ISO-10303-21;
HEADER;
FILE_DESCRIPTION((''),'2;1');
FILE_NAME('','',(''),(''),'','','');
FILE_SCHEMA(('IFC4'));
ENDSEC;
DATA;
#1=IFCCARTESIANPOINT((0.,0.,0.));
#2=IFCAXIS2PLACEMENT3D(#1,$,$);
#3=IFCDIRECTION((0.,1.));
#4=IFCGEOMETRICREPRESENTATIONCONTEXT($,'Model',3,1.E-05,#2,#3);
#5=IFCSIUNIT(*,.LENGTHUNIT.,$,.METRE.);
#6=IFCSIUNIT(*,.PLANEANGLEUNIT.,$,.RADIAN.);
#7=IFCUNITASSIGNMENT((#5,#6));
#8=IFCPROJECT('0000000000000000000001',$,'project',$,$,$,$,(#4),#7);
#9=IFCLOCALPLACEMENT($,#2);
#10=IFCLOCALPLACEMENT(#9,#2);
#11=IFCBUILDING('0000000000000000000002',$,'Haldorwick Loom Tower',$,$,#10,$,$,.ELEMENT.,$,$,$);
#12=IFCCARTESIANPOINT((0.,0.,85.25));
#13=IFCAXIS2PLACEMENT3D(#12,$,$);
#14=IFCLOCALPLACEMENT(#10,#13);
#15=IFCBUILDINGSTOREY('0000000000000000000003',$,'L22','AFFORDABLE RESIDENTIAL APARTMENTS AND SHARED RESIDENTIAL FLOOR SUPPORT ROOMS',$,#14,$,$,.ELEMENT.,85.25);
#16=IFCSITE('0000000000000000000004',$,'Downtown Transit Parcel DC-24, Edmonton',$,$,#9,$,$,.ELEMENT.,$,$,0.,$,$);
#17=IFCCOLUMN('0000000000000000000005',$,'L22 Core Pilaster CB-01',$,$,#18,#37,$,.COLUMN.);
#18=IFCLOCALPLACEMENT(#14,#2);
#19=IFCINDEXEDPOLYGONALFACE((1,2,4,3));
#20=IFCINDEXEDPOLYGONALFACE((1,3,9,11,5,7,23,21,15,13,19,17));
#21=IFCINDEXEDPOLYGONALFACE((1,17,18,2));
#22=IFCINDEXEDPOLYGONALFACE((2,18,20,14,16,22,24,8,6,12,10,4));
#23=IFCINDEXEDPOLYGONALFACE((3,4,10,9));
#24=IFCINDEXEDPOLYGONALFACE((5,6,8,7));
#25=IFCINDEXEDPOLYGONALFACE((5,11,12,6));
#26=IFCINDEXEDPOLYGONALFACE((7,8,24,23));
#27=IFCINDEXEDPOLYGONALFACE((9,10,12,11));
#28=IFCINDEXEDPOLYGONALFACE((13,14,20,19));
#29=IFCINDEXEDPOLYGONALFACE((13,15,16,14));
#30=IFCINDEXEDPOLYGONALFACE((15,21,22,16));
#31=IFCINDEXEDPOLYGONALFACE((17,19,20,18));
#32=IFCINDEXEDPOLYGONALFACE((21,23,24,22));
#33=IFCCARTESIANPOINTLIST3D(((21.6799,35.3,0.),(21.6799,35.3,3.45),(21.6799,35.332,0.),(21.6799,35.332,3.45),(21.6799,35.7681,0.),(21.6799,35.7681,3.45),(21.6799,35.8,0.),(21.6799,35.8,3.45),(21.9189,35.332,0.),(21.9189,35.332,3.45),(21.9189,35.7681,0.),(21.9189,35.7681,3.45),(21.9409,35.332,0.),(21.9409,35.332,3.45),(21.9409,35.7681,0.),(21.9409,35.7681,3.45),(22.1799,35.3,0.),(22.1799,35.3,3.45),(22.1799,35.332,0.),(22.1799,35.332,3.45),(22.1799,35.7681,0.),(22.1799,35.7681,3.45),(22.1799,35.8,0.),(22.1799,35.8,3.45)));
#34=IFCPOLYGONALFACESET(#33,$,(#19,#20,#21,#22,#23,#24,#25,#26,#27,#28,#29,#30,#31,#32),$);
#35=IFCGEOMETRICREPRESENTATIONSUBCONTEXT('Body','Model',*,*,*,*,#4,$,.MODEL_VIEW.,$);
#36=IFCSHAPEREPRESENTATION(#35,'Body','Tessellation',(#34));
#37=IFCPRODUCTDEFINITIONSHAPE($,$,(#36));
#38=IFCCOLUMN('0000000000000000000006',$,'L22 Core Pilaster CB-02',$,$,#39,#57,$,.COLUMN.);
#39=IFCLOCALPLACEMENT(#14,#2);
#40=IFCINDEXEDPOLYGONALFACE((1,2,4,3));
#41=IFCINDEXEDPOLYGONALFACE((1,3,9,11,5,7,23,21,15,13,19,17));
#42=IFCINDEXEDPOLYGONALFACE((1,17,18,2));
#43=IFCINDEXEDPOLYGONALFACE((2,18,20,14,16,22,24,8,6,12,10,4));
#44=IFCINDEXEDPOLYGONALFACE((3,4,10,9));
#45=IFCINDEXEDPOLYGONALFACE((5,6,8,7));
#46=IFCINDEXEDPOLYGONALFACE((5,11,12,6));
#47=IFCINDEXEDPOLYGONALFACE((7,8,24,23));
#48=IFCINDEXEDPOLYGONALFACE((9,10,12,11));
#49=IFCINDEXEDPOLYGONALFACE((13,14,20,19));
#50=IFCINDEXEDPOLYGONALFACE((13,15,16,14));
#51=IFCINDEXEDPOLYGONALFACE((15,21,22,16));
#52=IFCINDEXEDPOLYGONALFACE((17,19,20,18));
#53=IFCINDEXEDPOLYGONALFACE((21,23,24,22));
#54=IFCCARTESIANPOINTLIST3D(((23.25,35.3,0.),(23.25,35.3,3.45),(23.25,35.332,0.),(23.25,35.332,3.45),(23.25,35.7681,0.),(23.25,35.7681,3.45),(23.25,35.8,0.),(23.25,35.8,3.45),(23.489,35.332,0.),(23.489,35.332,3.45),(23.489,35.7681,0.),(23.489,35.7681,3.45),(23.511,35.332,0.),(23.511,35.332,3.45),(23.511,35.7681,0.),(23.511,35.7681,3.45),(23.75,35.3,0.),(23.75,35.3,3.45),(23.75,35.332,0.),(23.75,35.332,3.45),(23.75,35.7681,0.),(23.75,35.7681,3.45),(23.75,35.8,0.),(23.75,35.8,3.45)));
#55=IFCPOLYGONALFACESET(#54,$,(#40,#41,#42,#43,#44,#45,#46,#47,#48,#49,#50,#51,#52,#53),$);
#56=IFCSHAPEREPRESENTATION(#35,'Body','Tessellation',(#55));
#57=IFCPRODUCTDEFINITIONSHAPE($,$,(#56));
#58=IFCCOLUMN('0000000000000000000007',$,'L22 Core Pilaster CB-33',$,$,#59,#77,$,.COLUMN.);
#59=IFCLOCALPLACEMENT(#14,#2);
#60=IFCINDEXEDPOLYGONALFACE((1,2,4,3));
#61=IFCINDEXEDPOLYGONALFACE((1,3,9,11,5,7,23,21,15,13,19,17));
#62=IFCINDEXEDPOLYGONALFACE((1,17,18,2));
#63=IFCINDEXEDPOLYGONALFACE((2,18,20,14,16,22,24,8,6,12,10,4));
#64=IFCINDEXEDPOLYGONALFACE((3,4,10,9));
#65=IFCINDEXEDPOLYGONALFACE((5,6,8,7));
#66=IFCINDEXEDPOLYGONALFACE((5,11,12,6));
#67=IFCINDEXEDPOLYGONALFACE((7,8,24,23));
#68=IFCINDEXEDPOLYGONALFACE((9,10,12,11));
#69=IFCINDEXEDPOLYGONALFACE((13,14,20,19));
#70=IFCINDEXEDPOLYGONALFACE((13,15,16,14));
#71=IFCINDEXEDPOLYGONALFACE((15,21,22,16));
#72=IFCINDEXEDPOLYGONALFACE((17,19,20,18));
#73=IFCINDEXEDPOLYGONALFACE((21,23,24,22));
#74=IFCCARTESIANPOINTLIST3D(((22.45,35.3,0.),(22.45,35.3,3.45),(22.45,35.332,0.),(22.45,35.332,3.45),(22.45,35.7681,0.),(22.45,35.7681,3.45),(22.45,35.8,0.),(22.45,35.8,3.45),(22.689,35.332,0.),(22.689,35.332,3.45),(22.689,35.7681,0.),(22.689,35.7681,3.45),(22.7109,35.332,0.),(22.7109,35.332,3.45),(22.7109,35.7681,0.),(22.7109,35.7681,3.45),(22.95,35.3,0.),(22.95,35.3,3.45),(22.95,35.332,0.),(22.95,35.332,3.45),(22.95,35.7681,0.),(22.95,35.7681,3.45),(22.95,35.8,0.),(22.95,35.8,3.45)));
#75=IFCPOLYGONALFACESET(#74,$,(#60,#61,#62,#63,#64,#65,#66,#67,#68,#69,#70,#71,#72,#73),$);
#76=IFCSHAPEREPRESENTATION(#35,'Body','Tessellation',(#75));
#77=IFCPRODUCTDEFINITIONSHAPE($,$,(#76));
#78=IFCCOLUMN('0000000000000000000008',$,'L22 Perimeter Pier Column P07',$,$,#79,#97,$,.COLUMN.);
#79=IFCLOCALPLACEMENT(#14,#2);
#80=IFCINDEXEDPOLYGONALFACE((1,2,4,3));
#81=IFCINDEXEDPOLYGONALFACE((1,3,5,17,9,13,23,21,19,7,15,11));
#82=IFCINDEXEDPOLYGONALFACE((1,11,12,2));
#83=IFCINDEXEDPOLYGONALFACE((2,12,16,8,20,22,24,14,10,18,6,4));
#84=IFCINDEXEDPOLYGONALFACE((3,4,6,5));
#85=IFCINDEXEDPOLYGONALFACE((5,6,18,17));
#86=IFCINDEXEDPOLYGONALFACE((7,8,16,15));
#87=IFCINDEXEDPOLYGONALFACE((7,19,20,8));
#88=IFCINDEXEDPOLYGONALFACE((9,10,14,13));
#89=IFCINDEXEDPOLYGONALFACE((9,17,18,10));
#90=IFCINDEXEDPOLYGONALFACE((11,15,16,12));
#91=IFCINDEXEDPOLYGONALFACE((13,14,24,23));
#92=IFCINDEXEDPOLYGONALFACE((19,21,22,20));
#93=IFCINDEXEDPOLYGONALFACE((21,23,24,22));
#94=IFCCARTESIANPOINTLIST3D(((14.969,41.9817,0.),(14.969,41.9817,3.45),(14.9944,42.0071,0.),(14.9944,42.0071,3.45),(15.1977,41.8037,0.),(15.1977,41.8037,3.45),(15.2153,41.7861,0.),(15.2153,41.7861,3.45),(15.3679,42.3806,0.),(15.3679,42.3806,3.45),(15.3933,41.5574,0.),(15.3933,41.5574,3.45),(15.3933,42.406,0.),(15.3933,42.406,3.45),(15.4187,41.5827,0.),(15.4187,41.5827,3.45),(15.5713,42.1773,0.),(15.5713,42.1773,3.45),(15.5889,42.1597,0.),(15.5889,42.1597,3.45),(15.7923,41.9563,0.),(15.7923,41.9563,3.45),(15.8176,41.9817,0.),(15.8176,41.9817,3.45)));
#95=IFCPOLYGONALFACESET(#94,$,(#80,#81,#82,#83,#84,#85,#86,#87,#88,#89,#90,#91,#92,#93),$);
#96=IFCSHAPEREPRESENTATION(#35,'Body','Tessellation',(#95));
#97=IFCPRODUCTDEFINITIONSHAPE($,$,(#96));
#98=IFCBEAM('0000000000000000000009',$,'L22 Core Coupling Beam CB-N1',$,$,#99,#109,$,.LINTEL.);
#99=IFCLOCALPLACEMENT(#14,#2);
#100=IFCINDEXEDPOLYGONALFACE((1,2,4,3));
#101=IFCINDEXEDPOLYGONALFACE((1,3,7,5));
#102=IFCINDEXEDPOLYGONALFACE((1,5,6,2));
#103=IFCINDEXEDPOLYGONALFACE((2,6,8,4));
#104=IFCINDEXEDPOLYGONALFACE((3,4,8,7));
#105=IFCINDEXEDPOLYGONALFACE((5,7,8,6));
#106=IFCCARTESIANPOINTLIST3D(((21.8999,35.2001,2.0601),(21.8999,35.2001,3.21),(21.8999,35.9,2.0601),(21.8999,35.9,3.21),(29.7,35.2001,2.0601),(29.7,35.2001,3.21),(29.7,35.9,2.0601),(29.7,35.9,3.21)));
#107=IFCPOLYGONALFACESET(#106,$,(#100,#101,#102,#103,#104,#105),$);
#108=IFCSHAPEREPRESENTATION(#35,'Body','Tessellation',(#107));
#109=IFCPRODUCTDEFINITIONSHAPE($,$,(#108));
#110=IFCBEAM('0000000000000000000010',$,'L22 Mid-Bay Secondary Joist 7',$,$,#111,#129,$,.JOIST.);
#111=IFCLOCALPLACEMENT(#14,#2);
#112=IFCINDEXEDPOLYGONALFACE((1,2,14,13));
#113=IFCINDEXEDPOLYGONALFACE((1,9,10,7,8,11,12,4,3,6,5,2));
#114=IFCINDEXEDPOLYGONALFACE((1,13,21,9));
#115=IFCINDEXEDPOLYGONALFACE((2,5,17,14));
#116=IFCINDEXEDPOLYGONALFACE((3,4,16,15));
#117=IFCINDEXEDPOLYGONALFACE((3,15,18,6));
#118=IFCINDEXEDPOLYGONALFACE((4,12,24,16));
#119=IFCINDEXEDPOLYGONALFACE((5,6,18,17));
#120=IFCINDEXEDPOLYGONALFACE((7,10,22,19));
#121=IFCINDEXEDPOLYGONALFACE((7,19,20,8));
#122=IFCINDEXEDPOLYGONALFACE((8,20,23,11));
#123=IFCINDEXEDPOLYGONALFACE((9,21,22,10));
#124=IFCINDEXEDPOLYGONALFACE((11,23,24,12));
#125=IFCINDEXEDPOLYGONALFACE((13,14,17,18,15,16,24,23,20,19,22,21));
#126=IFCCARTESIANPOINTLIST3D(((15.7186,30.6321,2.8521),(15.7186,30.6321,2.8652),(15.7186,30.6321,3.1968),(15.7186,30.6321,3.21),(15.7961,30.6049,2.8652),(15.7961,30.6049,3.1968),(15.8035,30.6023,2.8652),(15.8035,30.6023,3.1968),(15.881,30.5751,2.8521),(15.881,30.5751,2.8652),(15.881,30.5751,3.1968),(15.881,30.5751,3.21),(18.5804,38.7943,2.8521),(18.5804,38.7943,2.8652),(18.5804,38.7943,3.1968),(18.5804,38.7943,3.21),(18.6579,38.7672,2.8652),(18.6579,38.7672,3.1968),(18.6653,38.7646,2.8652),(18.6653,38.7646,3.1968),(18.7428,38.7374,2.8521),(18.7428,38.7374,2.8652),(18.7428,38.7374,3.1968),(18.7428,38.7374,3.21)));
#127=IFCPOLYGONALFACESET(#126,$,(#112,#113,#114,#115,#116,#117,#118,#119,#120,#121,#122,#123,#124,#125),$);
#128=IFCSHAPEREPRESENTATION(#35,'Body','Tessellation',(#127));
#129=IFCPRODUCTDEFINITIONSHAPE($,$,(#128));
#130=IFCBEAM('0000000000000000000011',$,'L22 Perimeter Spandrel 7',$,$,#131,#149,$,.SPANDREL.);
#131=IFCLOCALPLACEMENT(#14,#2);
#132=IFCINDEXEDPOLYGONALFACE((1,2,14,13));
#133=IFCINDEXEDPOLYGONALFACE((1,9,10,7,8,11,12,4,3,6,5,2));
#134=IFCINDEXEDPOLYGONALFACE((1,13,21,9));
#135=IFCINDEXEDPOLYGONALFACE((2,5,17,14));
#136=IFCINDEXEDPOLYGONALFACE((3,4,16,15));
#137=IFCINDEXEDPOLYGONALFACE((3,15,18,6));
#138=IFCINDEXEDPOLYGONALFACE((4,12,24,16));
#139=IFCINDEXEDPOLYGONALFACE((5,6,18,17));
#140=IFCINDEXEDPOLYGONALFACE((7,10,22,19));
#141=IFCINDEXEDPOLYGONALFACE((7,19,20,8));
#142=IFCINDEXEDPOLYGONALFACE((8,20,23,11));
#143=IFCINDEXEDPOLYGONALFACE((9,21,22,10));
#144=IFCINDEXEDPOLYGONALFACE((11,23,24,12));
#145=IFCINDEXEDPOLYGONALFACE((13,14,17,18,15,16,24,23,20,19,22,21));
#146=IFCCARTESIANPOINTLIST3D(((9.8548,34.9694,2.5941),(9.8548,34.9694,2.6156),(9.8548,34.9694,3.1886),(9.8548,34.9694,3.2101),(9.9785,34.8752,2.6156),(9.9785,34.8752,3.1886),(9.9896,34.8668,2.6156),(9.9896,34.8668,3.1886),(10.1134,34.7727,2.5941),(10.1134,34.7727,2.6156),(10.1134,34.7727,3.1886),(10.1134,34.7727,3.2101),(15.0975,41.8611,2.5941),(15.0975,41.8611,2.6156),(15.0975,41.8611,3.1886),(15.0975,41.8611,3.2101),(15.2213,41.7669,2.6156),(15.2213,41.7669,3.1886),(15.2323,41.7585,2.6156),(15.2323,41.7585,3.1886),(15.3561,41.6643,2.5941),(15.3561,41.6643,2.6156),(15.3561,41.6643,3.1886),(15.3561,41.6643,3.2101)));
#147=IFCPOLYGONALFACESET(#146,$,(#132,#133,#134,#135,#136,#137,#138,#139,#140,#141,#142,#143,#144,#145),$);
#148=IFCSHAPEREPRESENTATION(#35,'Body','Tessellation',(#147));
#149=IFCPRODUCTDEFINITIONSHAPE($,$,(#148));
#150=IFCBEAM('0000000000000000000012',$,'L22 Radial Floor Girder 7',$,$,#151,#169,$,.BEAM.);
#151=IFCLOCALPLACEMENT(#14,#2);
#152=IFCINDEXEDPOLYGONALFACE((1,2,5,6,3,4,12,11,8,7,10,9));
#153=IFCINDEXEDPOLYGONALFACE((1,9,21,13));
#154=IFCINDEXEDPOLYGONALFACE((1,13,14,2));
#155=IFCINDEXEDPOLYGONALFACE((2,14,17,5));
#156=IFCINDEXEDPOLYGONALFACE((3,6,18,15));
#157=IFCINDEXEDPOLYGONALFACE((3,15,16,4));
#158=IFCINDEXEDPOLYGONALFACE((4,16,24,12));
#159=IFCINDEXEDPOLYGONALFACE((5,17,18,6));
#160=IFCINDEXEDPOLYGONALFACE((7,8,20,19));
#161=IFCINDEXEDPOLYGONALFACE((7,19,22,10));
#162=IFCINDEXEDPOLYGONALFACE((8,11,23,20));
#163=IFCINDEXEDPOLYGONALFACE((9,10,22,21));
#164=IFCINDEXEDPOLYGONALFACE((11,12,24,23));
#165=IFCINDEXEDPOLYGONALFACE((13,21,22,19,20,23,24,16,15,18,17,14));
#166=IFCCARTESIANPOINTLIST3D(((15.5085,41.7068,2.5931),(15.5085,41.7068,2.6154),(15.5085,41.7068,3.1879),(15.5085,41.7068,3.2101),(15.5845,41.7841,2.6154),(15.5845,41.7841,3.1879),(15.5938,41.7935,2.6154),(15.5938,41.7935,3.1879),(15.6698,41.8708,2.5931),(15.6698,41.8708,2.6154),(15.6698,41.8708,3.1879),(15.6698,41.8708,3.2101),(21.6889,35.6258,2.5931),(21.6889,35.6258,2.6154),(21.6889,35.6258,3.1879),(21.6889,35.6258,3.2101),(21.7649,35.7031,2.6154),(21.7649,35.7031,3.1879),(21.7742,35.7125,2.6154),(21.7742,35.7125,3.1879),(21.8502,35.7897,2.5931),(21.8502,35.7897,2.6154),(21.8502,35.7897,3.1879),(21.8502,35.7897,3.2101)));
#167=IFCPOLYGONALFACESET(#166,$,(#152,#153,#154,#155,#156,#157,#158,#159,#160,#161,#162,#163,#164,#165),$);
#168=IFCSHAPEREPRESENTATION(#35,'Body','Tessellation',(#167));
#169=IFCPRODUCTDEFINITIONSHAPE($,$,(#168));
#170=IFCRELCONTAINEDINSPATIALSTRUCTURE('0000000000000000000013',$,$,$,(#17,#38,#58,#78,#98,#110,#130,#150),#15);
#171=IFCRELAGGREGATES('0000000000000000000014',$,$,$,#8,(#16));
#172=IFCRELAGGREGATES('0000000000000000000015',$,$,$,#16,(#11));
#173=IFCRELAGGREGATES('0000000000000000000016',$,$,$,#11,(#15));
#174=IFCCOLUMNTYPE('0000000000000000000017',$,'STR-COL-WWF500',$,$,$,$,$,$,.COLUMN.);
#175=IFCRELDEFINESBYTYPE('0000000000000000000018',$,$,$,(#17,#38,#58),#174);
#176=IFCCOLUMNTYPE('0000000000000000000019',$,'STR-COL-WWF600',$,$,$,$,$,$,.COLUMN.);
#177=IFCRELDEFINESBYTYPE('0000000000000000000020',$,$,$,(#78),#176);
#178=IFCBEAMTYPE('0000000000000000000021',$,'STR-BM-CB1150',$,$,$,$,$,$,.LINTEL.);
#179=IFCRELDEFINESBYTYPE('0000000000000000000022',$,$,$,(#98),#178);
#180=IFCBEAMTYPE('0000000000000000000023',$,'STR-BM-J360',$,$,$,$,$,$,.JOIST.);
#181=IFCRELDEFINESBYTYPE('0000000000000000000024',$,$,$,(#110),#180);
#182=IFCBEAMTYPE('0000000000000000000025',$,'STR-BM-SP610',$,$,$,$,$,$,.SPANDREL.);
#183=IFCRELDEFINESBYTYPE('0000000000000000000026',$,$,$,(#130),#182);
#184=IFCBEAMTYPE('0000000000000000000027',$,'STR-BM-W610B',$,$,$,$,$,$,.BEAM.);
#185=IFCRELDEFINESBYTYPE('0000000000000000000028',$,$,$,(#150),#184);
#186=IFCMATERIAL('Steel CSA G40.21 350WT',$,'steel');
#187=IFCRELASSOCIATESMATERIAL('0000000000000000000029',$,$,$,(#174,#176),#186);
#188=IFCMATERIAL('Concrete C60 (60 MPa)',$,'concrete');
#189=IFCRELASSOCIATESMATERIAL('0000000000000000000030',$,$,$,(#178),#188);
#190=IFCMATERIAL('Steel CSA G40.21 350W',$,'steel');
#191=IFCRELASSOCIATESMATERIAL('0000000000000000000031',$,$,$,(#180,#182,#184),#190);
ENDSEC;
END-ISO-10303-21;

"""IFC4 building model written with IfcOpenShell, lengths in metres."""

from ifc_helpers import new_model, si_unit, direction, frame, origin, origin_2d, place, context, subcontext, project, spatial, rectangle, i_section, extrude, material, material_profile, profile_set, type_object, element, save


model = new_model("IFC4")

# Units and contexts
model_context = context("Model", 3, precision=1e-05, world=origin(), true_north=direction((0.0, 1.0)))
body_context = subcontext(model_context, "Body", "Model", "MODEL_VIEW")
ifc_project = project(units=[si_unit("LENGTHUNIT", "METRE"), si_unit("PLANEANGLEUNIT", "RADIAN")], contexts=[model_context])

# Site, building, storey
site_placement = place(None, origin())
site = spatial("IfcSite", under=ifc_project, at=site_placement, Name="Downtown Transit Parcel DC-24, Edmonton", CompositionType="ELEMENT", RefElevation=0.0)
building_placement = place(site_placement, origin())
building = spatial("IfcBuilding", under=site, at=building_placement, Name="Haldorwick Loom Tower", CompositionType="ELEMENT")
storey_placement = place(building_placement, frame((0.0, 0.0, 85.25)))
storey = spatial("IfcBuildingStorey", under=building, at=storey_placement, Name="L22", Description="AFFORDABLE RESIDENTIAL APARTMENTS AND SHARED RESIDENTIAL FLOOR SUPPORT ROOMS", CompositionType="ELEMENT", Elevation=85.25)

# Columns
ifc_material_1 = material(Name="Steel CSA G40.21 350WT", Category="steel")
ifc_material_profile_1 = material_profile(ifc_material_1, i_section(OverallWidth=0.5, OverallDepth=0.5, WebThickness=0.022, FlangeThickness=0.032, at=origin_2d()), Name="WWF500X500", Category="steel")
ifc_profile_set_1 = profile_set([ifc_material_profile_1], Name="Steel CSA G40.21 350WT")
column_type_1 = type_object("IfcColumnType", Name="STR-COL-WWF500", PredefinedType="COLUMN", material=ifc_profile_set_1)
for number, where, z_axis, x_axis, name in (
    (1, (21.9299, 35.55, 0.0), (0.0, 0.0, 1.0), (1.0, 0.0, 0.0), "L22 Core Pilaster CB-01"),
    (2, (23.5, 35.55, 0.0), (0.0, 0.0, 1.0), (1.0, 0.0, 0.0), "L22 Core Pilaster CB-02"),
    (3, (22.7, 35.55, 0.0), (0.0, 0.0, 1.0), (1.0, 0.0, 0.0), "L22 Core Pilaster CB-33"),
):
    element("IfcColumn", number, at=place(storey_placement, frame(where, z_axis=z_axis, x_axis=x_axis)), inside=storey, type_object=column_type_1, Name=name, PredefinedType="COLUMN", context=body_context, shape_type="SweptSolid", body=[
        extrude(i_section(OverallWidth=0.5, OverallDepth=0.5, WebThickness=0.022, FlangeThickness=0.032, at=origin_2d()), origin(), (0.0, 0.0, 1.0), 3.45),
    ])
ifc_material_profile_2 = material_profile(ifc_material_1, i_section(OverallWidth=0.6001, OverallDepth=0.6001, WebThickness=0.0249, FlangeThickness=0.0359, at=origin_2d()), Name="WWF600X600", Category="steel")
ifc_profile_set_2 = profile_set([ifc_material_profile_2], Name="Steel CSA G40.21 350WT")
column_type_2 = type_object("IfcColumnType", Name="STR-COL-WWF600", PredefinedType="COLUMN", material=ifc_profile_set_2)
column_placement = place(storey_placement, frame((15.3933, 41.9817, 0.0), z_axis=(0.0, 0.0, 1.0), x_axis=(-0.707107, 0.707107, 0.0)))
element("IfcColumn", 4, at=column_placement, inside=storey, type_object=column_type_2, Name="L22 Perimeter Pier Column P07", PredefinedType="COLUMN", context=body_context, shape_type="SweptSolid", body=[
    extrude(i_section(OverallWidth=0.6001, OverallDepth=0.6001, WebThickness=0.0249, FlangeThickness=0.0359, at=origin_2d()), origin(), (0.0, 0.0, 1.0), 3.45),
])

# Beams
ifc_material_2 = material(Name="Concrete C60 (60 MPa)", Category="concrete")
ifc_material_profile_3 = material_profile(ifc_material_2, rectangle(XDim=0.7, YDim=1.1499, at=origin_2d()), Name="RC700X1150", Category="concrete")
ifc_profile_set_3 = profile_set([ifc_material_profile_3], Name="Concrete C60 (60 MPa)")
beam_type_1 = type_object("IfcBeamType", Name="STR-BM-CB1150", PredefinedType="LINTEL", material=ifc_profile_set_3)
beam_1_placement = place(storey_placement, frame((21.8999, 35.55, 2.635), z_axis=(1.0, 0.0, 0.0), x_axis=(0.0, 1.0, 0.0)))
element("IfcBeam", 5, at=beam_1_placement, inside=storey, type_object=beam_type_1, Name="L22 Core Coupling Beam CB-N1", PredefinedType="LINTEL", context=body_context, shape_type="SweptSolid", body=[
    extrude(rectangle(XDim=0.7, YDim=1.1499, at=origin_2d()), origin(), (0.0, 0.0, 1.0), 7.8),
])
ifc_material_3 = material(Name="Steel CSA G40.21 350W", Category="steel")
ifc_material_profile_4 = material_profile(ifc_material_3, i_section(OverallWidth=0.1721, OverallDepth=0.3579, WebThickness=0.0078, FlangeThickness=0.0132, at=origin_2d()), Name="W360X57", Category="steel")
ifc_profile_set_4 = profile_set([ifc_material_profile_4], Name="Steel CSA G40.21 350W")
beam_type_2 = type_object("IfcBeamType", Name="STR-BM-J360", PredefinedType="JOIST", material=ifc_profile_set_4)
beam_2_placement = place(storey_placement, frame((18.6616, 38.7659, 3.031), z_axis=(-0.330865, -0.943678, 0.0), x_axis=(0.943678, -0.330865, 0.0)))
element("IfcBeam", 6, at=beam_2_placement, inside=storey, type_object=beam_type_2, Name="L22 Mid-Bay Secondary Joist 7", PredefinedType="JOIST", context=body_context, shape_type="SweptSolid", body=[
    extrude(i_section(OverallWidth=0.1721, OverallDepth=0.3579, WebThickness=0.0078, FlangeThickness=0.0132, at=origin_2d()), origin(), (0.0, 0.0, 1.0), 8.6494),
])
ifc_material_profile_5 = material_profile(ifc_material_3, i_section(OverallWidth=0.325, OverallDepth=0.616, WebThickness=0.0139, FlangeThickness=0.0215, at=origin_2d()), Name="W610X174", Category="steel")
ifc_profile_set_5 = profile_set([ifc_material_profile_5], Name="Steel CSA G40.21 350W")
beam_type_3 = type_object("IfcBeamType", Name="STR-BM-SP610", PredefinedType="SPANDREL", material=ifc_profile_set_5)
beam_3_placement = place(storey_placement, frame((15.2268, 41.7627, 2.9021), z_axis=(-0.605454, -0.795881, 0.0), x_axis=(0.795881, -0.605454, 0.0)))
element("IfcBeam", 7, at=beam_3_placement, inside=storey, type_object=beam_type_3, Name="L22 Perimeter Spandrel 7", PredefinedType="SPANDREL", context=body_context, shape_type="SweptSolid", body=[
    extrude(i_section(OverallWidth=0.325, OverallDepth=0.616, WebThickness=0.0139, FlangeThickness=0.0215, at=origin_2d()), origin(), (0.0, 0.0, 1.0), 8.6592),
])
ifc_material_profile_6 = material_profile(ifc_material_3, i_section(OverallWidth=0.23, OverallDepth=0.6169, WebThickness=0.0132, FlangeThickness=0.0222, at=origin_2d()), Name="W610X140", Category="steel")
ifc_profile_set_6 = profile_set([ifc_material_profile_6], Name="Steel CSA G40.21 350W")
beam_type_4 = type_object("IfcBeamType", Name="STR-BM-W610B", PredefinedType="BEAM", material=ifc_profile_set_6)
beam_4_placement = place(storey_placement, frame((21.7695, 35.7078, 2.9016), z_axis=(-0.712814, 0.701353, 0.0), x_axis=(-0.701353, -0.712814, 0.0)))
element("IfcBeam", 8, at=beam_4_placement, inside=storey, type_object=beam_type_4, Name="L22 Radial Floor Girder 7", PredefinedType="BEAM", context=body_context, shape_type="SweptSolid", body=[
    extrude(i_section(OverallWidth=0.23, OverallDepth=0.6169, WebThickness=0.0132, FlangeThickness=0.0222, at=origin_2d()), origin(), (0.0, 0.0, 1.0), 8.6704),
])

save(model, "model.ifc")
